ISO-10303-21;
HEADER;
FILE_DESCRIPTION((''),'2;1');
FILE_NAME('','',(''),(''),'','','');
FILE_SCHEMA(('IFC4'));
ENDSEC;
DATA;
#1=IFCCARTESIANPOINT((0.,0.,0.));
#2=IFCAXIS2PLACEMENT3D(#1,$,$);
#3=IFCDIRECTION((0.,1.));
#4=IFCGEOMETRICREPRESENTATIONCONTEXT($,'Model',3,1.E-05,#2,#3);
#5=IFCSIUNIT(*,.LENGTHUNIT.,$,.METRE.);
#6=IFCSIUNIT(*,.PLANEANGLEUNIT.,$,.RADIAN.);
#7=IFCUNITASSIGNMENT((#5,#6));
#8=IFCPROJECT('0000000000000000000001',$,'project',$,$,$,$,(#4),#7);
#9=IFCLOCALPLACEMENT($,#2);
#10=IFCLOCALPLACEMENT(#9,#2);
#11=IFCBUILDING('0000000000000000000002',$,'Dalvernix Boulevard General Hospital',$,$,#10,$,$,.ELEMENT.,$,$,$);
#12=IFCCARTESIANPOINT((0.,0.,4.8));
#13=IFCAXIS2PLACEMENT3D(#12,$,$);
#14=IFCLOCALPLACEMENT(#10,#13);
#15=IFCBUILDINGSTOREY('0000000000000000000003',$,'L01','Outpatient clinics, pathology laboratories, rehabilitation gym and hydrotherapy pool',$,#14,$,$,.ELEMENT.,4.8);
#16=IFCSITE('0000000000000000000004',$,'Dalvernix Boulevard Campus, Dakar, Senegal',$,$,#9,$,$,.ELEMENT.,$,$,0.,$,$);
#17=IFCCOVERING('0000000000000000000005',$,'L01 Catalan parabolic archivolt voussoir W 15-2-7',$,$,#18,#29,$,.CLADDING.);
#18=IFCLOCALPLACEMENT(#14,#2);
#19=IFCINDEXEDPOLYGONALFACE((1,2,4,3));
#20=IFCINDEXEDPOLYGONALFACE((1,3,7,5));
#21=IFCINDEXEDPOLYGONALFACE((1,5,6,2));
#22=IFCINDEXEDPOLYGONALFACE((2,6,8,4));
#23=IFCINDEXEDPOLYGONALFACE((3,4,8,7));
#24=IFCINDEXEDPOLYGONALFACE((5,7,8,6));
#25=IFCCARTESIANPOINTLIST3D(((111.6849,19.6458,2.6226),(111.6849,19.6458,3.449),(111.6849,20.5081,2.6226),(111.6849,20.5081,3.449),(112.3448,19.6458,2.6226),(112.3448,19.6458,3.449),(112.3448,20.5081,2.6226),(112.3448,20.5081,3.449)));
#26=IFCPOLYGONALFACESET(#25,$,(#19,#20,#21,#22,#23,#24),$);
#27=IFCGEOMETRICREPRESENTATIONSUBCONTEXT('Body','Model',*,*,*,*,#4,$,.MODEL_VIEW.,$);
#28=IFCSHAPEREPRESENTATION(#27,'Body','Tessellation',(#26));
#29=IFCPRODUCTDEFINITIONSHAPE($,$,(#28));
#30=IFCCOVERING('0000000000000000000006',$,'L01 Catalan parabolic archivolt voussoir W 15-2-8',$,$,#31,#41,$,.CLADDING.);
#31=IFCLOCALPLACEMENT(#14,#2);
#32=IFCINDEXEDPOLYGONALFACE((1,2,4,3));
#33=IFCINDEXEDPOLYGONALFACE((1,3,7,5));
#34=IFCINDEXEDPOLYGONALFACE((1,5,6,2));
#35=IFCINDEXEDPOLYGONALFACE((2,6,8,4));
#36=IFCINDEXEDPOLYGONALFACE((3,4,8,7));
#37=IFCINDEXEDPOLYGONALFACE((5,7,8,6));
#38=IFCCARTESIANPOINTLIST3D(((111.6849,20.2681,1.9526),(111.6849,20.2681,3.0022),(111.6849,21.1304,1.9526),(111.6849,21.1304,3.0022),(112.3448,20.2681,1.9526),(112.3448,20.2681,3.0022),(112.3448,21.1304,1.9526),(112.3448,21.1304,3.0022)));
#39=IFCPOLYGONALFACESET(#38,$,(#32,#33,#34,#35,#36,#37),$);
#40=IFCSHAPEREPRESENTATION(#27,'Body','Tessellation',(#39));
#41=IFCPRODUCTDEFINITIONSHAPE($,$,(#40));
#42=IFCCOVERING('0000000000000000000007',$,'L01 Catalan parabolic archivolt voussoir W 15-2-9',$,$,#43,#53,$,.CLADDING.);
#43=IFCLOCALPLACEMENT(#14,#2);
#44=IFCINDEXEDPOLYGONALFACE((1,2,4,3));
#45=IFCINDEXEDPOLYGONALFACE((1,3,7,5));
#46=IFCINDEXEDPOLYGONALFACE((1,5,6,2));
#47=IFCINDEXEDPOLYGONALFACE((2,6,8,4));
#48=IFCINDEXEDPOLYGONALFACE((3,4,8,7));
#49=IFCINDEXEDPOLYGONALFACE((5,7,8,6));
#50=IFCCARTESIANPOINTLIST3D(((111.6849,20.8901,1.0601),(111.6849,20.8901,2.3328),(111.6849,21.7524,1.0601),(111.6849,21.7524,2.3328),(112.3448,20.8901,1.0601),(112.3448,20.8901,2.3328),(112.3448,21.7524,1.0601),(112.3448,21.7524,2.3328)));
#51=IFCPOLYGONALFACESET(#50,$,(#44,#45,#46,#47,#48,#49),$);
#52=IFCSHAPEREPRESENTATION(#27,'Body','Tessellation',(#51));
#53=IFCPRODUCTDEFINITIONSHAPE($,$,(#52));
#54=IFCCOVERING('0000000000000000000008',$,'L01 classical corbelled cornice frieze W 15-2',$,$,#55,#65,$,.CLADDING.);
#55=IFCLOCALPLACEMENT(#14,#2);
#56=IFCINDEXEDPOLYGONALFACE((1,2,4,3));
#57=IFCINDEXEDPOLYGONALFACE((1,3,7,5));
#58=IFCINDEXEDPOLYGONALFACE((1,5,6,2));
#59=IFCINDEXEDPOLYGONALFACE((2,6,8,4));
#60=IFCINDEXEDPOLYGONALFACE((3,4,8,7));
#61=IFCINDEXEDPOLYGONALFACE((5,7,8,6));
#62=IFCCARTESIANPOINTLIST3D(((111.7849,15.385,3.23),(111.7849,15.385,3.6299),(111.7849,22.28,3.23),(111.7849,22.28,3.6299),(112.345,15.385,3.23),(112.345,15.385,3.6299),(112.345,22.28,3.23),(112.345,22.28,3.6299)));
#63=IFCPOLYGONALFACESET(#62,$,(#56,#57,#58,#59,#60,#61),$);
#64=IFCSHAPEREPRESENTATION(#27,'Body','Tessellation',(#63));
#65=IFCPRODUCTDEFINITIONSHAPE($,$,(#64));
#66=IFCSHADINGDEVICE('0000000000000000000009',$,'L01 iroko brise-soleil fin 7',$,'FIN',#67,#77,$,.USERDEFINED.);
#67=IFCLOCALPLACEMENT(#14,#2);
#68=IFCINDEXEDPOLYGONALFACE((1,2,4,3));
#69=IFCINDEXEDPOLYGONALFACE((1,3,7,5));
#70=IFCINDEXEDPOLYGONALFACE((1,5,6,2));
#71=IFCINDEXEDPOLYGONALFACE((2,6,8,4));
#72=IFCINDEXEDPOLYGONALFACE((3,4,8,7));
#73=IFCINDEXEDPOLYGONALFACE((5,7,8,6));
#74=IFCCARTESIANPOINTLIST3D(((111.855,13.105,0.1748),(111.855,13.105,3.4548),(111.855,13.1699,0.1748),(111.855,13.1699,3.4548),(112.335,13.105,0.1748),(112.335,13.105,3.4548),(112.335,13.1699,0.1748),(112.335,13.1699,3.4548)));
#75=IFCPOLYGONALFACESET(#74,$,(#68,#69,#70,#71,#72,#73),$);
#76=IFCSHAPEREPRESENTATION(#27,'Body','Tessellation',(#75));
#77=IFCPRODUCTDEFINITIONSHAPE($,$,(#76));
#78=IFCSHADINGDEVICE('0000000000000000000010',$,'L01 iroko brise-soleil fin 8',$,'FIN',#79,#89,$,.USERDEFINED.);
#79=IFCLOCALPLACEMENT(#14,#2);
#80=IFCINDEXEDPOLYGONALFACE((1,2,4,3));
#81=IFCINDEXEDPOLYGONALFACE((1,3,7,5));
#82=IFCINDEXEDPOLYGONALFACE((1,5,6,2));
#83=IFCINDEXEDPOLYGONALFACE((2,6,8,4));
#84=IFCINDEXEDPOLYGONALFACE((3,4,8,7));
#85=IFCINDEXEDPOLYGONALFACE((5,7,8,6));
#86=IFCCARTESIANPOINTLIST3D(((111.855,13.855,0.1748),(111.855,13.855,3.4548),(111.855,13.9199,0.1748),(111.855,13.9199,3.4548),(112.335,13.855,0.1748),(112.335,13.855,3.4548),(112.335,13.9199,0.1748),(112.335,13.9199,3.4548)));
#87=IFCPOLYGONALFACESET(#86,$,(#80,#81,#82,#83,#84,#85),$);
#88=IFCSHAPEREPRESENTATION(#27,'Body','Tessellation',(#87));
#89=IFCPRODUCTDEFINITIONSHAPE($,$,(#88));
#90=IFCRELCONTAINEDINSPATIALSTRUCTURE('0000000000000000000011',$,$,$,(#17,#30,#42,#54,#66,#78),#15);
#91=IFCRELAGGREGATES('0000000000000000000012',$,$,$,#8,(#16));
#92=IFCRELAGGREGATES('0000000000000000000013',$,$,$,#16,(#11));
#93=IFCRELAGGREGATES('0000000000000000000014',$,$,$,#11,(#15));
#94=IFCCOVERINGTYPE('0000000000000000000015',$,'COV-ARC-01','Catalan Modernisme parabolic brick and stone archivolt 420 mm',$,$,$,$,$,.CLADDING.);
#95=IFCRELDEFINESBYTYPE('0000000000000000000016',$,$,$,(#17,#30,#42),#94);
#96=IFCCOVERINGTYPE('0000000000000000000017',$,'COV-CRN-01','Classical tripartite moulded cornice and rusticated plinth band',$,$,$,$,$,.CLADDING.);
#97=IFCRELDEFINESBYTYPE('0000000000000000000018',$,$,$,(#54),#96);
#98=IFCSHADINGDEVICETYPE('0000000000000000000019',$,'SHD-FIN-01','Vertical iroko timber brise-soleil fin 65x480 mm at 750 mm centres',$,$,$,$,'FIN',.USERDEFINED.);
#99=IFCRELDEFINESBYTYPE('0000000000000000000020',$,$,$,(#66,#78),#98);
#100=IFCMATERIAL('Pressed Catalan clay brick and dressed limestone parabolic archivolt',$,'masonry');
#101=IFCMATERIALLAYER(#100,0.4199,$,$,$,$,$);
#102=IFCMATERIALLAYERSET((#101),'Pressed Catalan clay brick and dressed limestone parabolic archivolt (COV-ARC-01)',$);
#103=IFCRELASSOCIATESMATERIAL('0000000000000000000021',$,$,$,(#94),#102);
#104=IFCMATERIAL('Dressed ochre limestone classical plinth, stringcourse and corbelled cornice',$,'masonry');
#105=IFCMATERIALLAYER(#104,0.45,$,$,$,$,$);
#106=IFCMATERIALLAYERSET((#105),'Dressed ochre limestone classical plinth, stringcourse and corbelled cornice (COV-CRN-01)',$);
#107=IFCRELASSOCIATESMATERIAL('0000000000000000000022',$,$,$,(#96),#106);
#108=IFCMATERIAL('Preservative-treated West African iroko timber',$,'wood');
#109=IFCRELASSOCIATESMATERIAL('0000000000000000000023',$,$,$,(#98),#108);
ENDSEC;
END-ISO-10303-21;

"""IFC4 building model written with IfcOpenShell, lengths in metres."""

from ifc_helpers import new_model, si_unit, direction, frame, origin, origin_2d, place, context, subcontext, project, spatial, rectangle, extrude, material, layer, layer_set, type_object, element, save


model = new_model("IFC4")

# Units and contexts
model_context = context("Model", 3, precision=1e-05, world=origin(), true_north=direction((0.0, 1.0)))
body_context = subcontext(model_context, "Body", "Model", "MODEL_VIEW")
ifc_project = project(units=[si_unit("LENGTHUNIT", "METRE"), si_unit("PLANEANGLEUNIT", "RADIAN")], contexts=[model_context])

# Site, building, storey
site_placement = place(None, origin())
site = spatial("IfcSite", under=ifc_project, at=site_placement, Name="Dalvernix Boulevard Campus, Dakar, Senegal", CompositionType="ELEMENT", RefElevation=0.0)
building_placement = place(site_placement, origin())
building = spatial("IfcBuilding", under=site, at=building_placement, Name="Dalvernix Boulevard General Hospital", CompositionType="ELEMENT")
storey_placement = place(building_placement, frame((0.0, 0.0, 4.8)))
storey = spatial("IfcBuildingStorey", under=building, at=storey_placement, Name="L01", Description="Outpatient clinics, pathology laboratories, rehabilitation gym and hydrotherapy pool", CompositionType="ELEMENT", Elevation=4.8)

# Coverings
ifc_material_1 = material(Name="Pressed Catalan clay brick and dressed limestone parabolic archivolt", Category="masonry")
ifc_layer_1 = layer(ifc_material_1, 0.4199)
ifc_layer_set_1 = layer_set([ifc_layer_1], Name="Pressed Catalan clay brick and dressed limestone parabolic archivolt (COV-ARC-01)")
covering_type_1 = type_object("IfcCoveringType", Name="COV-ARC-01", Description="Catalan Modernisme parabolic brick and stone archivolt 420 mm", PredefinedType="CLADDING", material=ifc_layer_set_1)
covering_1_placement = place(storey_placement, frame((112.0149, 20.0769, 2.6226), z_axis=(0.0, 0.0, 1.0), x_axis=(0.0, 1.0, 0.0)))
element("IfcCovering", 1, at=covering_1_placement, inside=storey, type_object=covering_type_1, Name="L01 Catalan parabolic archivolt voussoir W 15-2-7", PredefinedType="CLADDING", context=body_context, shape_type="SweptSolid", body=[
    extrude(rectangle(XDim=0.8623, YDim=0.6599, at=origin_2d()), origin(), (0.0, 0.0, 1.0), 0.8264),
])
covering_2_placement = place(storey_placement, frame((112.0149, 20.6992, 1.9526), z_axis=(0.0, 0.0, 1.0), x_axis=(0.0, 1.0, 0.0)))
element("IfcCovering", 2, at=covering_2_placement, inside=storey, type_object=covering_type_1, Name="L01 Catalan parabolic archivolt voussoir W 15-2-8", PredefinedType="CLADDING", context=body_context, shape_type="SweptSolid", body=[
    extrude(rectangle(XDim=0.8623, YDim=0.6599, at=origin_2d()), origin(), (0.0, 0.0, 1.0), 1.0496),
])
covering_3_placement = place(storey_placement, frame((112.0149, 21.3213, 1.0601), z_axis=(0.0, 0.0, 1.0), x_axis=(0.0, 1.0, 0.0)))
element("IfcCovering", 3, at=covering_3_placement, inside=storey, type_object=covering_type_1, Name="L01 Catalan parabolic archivolt voussoir W 15-2-9", PredefinedType="CLADDING", context=body_context, shape_type="SweptSolid", body=[
    extrude(rectangle(XDim=0.8623, YDim=0.6599, at=origin_2d()), origin(), (0.0, 0.0, 1.0), 1.2727),
])
ifc_material_2 = material(Name="Dressed ochre limestone classical plinth, stringcourse and corbelled cornice", Category="masonry")
ifc_layer_2 = layer(ifc_material_2, 0.45)
ifc_layer_set_2 = layer_set([ifc_layer_2], Name="Dressed ochre limestone classical plinth, stringcourse and corbelled cornice (COV-CRN-01)")
covering_type_2 = type_object("IfcCoveringType", Name="COV-CRN-01", Description="Classical tripartite moulded cornice and rusticated plinth band", PredefinedType="CLADDING", material=ifc_layer_set_2)
covering_4_placement = place(storey_placement, frame((112.0649, 18.8325, 3.23), z_axis=(0.0, 0.0, 1.0), x_axis=(0.0, 1.0, 0.0)))
element("IfcCovering", 4, at=covering_4_placement, inside=storey, type_object=covering_type_2, Name="L01 classical corbelled cornice frieze W 15-2", PredefinedType="CLADDING", context=body_context, shape_type="SweptSolid", body=[
    extrude(rectangle(XDim=6.895, YDim=0.5601, at=origin_2d()), origin(), (0.0, 0.0, 1.0), 0.3999),
])

# Shading devices
ifc_material_3 = material(Name="Preservative-treated West African iroko timber", Category="wood")
shading_device_type = type_object("IfcShadingDeviceType", Name="SHD-FIN-01", Description="Vertical iroko timber brise-soleil fin 65x480 mm at 750 mm centres", ElementType="FIN", PredefinedType="USERDEFINED", material=ifc_material_3)
for number, where, z_axis, x_axis, name in (
    (5, (112.095, 13.1375, 0.1748), (0.0, 0.0, 1.0), (0.0, 1.0, 0.0), "L01 iroko brise-soleil fin 7"),
    (6, (112.095, 13.8875, 0.1748), (0.0, 0.0, 1.0), (0.0, 1.0, 0.0), "L01 iroko brise-soleil fin 8"),
):
    element("IfcShadingDevice", number, at=place(storey_placement, frame(where, z_axis=z_axis, x_axis=x_axis)), inside=storey, type_object=shading_device_type, Name=name, ObjectType="FIN", PredefinedType="USERDEFINED", context=body_context, shape_type="SweptSolid", body=[
        extrude(rectangle(XDim=0.0649, YDim=0.48, at=origin_2d()), origin(), (0.0, 0.0, 1.0), 3.28),
    ])

save(model, "model.ifc")
